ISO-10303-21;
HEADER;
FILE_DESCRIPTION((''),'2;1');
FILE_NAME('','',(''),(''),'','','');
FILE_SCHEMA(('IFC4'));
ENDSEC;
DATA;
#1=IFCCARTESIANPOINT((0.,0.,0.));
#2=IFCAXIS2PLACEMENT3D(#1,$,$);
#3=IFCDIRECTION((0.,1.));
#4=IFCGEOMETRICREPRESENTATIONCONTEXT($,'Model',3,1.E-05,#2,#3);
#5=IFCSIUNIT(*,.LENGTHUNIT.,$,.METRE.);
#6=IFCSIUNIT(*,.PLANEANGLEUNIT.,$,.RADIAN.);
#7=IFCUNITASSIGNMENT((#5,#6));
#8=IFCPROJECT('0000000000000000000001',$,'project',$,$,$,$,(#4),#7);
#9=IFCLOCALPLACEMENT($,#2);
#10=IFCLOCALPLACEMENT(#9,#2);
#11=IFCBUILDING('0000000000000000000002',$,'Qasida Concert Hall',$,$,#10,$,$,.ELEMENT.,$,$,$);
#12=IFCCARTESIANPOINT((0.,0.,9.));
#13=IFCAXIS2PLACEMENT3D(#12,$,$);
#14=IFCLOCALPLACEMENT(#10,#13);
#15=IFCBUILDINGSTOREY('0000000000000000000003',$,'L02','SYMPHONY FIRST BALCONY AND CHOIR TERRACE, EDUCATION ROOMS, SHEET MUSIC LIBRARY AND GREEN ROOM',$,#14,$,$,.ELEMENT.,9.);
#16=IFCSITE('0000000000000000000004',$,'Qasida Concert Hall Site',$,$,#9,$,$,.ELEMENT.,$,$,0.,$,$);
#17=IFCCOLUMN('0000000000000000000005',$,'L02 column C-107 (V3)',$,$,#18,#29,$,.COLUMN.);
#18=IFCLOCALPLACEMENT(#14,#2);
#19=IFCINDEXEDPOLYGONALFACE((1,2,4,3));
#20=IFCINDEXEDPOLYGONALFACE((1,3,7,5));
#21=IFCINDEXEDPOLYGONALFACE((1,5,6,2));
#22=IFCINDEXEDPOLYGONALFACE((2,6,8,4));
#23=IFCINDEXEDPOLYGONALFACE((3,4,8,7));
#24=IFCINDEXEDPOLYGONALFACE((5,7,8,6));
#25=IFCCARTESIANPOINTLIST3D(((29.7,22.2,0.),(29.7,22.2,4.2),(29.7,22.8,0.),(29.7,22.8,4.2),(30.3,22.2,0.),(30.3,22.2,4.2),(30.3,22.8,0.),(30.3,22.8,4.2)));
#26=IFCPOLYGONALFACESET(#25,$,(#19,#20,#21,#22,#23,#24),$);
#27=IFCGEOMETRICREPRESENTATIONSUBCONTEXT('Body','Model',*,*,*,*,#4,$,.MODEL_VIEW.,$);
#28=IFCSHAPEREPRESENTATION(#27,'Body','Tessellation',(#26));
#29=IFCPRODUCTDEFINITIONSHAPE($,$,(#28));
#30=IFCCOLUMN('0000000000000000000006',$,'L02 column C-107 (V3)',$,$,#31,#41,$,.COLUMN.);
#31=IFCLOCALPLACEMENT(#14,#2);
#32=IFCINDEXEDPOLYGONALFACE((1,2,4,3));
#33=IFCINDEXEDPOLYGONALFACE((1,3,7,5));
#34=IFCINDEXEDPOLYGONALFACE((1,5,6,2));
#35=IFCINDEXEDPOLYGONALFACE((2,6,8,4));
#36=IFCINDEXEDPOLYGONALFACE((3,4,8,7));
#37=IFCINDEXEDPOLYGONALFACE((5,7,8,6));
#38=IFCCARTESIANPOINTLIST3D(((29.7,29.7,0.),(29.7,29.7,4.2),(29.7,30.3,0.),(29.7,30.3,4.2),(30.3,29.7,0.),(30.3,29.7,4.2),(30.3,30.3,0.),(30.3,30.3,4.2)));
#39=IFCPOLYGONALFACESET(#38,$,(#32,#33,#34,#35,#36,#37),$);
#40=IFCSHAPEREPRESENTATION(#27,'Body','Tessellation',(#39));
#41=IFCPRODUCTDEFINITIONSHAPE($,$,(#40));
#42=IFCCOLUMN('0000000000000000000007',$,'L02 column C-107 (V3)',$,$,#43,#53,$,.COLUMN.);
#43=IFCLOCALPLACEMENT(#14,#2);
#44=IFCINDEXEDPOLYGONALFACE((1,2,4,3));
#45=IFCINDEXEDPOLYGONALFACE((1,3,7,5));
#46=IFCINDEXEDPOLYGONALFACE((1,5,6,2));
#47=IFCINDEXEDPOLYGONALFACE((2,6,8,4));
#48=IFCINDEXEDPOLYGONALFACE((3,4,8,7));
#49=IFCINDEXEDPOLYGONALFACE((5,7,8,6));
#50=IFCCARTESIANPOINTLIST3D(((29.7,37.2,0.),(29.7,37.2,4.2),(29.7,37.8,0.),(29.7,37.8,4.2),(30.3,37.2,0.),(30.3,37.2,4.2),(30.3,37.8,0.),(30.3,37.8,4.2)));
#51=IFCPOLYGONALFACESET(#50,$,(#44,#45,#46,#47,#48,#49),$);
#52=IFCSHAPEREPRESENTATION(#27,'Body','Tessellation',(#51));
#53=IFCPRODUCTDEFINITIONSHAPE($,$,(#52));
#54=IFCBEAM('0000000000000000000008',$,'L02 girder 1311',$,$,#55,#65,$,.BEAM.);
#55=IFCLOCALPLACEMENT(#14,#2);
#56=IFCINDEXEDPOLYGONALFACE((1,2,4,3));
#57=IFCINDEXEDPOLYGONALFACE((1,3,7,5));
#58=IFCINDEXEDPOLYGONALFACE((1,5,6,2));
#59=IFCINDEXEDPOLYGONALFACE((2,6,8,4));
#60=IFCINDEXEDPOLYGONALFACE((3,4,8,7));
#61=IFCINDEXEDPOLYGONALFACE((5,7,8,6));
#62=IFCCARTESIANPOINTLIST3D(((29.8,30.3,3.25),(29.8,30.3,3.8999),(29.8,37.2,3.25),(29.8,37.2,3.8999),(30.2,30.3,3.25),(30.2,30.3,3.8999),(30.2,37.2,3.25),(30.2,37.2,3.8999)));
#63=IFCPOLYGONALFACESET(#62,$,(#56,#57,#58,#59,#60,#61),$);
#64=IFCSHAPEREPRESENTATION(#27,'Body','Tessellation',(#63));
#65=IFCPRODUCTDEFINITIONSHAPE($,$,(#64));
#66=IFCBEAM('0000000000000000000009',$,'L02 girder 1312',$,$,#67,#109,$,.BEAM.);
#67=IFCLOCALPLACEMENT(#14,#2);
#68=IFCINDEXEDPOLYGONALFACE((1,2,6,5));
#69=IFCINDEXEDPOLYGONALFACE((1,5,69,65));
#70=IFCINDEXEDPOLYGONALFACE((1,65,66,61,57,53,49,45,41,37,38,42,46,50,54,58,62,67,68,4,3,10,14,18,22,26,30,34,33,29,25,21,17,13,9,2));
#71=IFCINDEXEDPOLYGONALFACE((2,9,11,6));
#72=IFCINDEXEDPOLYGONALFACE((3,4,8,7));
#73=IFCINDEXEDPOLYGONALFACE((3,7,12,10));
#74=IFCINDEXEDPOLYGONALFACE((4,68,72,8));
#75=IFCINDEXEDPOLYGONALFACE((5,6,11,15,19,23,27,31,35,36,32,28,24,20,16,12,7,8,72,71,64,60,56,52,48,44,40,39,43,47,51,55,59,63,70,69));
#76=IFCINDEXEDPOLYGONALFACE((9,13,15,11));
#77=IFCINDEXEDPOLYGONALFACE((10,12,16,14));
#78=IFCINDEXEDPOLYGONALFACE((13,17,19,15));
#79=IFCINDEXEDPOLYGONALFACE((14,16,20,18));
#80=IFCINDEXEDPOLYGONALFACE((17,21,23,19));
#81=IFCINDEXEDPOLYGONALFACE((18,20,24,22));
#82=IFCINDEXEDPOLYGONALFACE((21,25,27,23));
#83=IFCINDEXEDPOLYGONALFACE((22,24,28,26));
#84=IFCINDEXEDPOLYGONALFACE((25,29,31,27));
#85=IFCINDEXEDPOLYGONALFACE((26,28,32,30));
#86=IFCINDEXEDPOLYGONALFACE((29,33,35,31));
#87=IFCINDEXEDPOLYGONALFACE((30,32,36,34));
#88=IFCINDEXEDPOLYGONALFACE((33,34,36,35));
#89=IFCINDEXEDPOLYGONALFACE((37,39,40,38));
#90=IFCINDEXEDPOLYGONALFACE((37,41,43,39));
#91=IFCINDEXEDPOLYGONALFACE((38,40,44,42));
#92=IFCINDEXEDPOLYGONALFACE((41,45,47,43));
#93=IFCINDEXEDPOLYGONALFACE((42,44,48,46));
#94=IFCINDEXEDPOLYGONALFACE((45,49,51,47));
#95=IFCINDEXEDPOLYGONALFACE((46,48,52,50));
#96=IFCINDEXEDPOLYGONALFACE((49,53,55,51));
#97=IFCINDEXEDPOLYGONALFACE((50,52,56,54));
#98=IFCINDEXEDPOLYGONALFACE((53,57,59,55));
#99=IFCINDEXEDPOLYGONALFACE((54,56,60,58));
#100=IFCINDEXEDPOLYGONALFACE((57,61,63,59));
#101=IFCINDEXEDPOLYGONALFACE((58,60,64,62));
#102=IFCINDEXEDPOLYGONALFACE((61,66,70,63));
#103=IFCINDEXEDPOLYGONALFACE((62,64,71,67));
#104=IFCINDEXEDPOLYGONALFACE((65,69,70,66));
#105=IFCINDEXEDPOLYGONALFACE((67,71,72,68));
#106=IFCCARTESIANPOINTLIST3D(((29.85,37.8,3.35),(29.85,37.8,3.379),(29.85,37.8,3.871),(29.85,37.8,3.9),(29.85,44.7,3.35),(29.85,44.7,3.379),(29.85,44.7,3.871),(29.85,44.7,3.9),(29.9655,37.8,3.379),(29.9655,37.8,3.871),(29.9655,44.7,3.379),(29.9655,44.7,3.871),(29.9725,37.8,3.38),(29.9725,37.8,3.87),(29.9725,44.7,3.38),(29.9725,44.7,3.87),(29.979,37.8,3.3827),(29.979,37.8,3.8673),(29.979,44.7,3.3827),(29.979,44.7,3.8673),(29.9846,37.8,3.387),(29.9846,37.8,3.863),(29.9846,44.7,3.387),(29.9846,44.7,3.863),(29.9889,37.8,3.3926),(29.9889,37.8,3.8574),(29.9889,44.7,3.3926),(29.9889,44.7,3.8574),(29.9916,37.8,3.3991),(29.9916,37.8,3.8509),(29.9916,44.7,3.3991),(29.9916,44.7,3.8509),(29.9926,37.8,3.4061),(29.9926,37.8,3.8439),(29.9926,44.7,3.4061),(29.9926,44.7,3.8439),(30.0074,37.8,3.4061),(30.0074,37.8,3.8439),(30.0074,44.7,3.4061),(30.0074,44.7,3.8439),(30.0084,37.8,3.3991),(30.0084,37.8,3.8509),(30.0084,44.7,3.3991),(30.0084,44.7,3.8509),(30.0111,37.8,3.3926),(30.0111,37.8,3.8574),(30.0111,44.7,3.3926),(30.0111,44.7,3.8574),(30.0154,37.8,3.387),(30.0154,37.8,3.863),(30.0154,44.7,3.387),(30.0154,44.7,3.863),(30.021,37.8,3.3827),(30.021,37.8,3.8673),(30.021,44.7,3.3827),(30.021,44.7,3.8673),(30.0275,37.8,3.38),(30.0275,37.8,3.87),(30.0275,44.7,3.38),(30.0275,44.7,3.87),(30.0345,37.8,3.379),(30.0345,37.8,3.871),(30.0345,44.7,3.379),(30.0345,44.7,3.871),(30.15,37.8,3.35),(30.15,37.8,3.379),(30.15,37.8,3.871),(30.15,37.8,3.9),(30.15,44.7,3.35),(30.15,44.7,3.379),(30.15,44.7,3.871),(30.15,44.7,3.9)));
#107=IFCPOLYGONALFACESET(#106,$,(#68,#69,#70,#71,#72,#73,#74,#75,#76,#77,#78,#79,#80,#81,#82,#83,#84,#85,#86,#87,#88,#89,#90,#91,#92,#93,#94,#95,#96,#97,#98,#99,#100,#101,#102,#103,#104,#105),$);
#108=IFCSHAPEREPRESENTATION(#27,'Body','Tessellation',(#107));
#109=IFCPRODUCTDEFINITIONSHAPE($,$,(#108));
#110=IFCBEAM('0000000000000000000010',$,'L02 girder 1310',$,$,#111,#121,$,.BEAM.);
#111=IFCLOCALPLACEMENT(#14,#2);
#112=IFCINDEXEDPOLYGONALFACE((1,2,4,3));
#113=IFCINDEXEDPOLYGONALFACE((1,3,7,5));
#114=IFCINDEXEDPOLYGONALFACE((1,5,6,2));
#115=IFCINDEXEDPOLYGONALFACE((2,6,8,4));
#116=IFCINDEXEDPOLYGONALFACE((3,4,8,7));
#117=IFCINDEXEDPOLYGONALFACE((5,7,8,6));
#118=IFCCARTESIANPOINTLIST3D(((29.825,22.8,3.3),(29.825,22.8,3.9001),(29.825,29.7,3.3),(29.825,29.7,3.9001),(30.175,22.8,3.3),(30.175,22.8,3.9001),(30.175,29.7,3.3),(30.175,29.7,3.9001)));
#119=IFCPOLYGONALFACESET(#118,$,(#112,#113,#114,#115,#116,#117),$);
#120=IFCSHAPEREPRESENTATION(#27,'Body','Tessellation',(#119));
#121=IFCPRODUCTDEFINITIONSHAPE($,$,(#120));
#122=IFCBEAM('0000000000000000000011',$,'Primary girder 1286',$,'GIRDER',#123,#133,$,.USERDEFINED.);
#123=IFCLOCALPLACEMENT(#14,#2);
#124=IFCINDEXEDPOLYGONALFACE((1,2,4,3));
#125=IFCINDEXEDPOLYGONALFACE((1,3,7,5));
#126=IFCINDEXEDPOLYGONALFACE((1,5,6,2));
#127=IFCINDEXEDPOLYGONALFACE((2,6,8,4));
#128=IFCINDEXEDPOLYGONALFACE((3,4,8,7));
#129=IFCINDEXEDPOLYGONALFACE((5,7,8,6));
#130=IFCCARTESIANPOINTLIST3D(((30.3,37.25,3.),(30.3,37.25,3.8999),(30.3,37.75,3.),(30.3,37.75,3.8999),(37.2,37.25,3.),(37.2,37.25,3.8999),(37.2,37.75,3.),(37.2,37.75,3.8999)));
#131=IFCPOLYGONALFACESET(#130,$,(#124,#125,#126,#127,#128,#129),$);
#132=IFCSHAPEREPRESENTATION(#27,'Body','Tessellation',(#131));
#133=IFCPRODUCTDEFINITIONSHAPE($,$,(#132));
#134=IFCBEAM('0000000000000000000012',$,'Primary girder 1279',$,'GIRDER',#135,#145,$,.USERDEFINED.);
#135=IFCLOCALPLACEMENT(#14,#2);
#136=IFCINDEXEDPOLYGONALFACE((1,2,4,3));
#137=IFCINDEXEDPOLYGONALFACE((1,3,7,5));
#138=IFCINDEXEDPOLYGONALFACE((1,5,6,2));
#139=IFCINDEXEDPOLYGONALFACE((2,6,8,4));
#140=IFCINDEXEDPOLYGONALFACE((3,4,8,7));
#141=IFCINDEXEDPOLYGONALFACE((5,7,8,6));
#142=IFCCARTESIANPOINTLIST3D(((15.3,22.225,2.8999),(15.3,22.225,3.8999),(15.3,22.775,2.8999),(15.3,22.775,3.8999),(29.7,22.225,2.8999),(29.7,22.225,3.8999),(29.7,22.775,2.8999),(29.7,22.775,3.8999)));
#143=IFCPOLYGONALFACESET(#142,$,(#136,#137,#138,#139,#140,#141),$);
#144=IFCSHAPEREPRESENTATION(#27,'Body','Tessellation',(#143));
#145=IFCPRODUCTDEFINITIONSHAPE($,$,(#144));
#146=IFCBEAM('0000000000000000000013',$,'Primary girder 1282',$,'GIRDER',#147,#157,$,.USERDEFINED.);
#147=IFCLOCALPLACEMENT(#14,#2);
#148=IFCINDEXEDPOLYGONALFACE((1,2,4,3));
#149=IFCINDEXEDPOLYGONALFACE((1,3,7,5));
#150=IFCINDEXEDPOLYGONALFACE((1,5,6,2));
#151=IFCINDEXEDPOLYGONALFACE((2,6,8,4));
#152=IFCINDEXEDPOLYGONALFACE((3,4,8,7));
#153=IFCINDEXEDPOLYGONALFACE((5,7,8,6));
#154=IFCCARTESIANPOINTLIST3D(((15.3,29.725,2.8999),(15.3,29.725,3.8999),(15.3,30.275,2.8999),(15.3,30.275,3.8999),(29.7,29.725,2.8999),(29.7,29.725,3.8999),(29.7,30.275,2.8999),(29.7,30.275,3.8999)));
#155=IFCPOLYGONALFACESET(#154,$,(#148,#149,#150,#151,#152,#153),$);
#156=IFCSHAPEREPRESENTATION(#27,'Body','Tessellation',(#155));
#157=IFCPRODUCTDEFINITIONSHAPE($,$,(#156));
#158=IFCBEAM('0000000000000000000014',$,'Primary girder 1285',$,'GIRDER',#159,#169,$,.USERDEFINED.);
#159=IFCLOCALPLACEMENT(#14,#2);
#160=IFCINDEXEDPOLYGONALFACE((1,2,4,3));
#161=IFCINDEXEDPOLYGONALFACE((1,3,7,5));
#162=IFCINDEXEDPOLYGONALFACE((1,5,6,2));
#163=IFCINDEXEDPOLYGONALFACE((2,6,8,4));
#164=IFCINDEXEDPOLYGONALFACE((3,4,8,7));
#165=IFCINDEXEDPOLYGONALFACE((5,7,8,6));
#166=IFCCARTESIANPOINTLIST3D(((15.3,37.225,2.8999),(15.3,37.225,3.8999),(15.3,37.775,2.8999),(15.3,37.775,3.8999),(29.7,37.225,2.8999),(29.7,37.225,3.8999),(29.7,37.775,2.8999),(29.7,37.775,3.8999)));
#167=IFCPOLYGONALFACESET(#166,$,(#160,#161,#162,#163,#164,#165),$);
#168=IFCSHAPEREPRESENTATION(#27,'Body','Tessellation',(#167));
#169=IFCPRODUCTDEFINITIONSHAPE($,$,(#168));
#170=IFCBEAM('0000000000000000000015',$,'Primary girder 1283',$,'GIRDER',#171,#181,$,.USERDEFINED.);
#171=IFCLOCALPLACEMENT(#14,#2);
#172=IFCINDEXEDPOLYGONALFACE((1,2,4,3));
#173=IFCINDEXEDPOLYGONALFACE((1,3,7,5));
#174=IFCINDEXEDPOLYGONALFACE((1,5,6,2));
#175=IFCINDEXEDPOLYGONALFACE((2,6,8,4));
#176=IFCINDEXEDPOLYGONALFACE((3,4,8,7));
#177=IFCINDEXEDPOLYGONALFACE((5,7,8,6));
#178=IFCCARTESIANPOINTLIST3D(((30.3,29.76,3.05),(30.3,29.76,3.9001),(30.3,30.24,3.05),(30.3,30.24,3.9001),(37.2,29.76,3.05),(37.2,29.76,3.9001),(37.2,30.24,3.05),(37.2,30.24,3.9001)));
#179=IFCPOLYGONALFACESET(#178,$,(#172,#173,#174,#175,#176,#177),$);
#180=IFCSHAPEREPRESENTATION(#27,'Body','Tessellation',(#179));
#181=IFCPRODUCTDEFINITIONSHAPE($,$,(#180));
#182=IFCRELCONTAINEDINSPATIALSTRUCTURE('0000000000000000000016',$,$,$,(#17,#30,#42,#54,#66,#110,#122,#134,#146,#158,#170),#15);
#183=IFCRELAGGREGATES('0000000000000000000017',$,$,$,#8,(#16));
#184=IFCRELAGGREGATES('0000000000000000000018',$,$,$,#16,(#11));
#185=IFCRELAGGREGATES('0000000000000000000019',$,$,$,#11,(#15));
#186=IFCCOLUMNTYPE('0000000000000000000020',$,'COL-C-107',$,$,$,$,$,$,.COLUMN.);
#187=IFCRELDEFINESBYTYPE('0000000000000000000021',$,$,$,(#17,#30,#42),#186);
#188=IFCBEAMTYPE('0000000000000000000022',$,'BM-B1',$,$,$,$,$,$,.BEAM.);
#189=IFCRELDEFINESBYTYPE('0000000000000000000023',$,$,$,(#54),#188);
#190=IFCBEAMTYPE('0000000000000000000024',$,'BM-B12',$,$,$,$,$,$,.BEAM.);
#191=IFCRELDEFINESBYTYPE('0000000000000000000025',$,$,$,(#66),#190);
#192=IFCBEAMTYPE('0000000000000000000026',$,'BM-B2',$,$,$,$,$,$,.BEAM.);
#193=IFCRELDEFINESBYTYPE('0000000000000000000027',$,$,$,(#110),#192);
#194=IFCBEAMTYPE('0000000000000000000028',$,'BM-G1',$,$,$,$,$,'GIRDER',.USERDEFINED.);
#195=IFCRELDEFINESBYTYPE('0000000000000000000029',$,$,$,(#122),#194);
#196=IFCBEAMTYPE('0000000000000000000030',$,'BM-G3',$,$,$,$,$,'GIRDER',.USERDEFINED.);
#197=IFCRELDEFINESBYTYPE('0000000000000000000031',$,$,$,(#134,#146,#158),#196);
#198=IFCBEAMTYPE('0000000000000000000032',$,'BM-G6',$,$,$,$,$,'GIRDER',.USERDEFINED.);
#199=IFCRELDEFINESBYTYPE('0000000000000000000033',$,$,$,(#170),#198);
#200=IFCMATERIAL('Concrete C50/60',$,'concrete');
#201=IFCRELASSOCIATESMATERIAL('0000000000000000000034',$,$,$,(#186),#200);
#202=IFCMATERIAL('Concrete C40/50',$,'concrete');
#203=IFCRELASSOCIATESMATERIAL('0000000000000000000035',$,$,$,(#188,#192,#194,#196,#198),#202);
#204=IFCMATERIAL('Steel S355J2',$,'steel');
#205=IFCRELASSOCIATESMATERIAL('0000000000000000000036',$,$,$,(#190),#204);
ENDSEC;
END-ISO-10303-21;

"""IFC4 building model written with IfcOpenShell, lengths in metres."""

from ifc_helpers import new_model, si_unit, direction, frame, origin, origin_2d, place, context, subcontext, project, spatial, rectangle, i_section, extrude, material, material_profile, profile_set, type_object, element, save


model = new_model("IFC4")

# Units and contexts
model_context = context("Model", 3, precision=1e-05, world=origin(), true_north=direction((0.0, 1.0)))
body_context = subcontext(model_context, "Body", "Model", "MODEL_VIEW")
ifc_project = project(units=[si_unit("LENGTHUNIT", "METRE"), si_unit("PLANEANGLEUNIT", "RADIAN")], contexts=[model_context])

# Site, building, storey
site_placement = place(None, origin())
site = spatial("IfcSite", under=ifc_project, at=site_placement, Name="Qasida Concert Hall Site", CompositionType="ELEMENT", RefElevation=0.0)
building_placement = place(site_placement, origin())
building = spatial("IfcBuilding", under=site, at=building_placement, Name="Qasida Concert Hall", CompositionType="ELEMENT")
storey_placement = place(building_placement, frame((0.0, 0.0, 9.0)))
storey = spatial("IfcBuildingStorey", under=building, at=storey_placement, Name="L02", Description="SYMPHONY FIRST BALCONY AND CHOIR TERRACE, EDUCATION ROOMS, SHEET MUSIC LIBRARY AND GREEN ROOM", CompositionType="ELEMENT", Elevation=9.0)

# Columns
ifc_material_1 = material(Name="Concrete C50/60", Category="concrete")
ifc_material_profile_1 = material_profile(ifc_material_1, rectangle(XDim=0.6001, YDim=0.6001, at=origin_2d()), Name="RC 600x600")
ifc_profile_set_1 = profile_set([ifc_material_profile_1], Name="Concrete C50/60")
column_type = type_object("IfcColumnType", Name="COL-C-107", PredefinedType="COLUMN", material=ifc_profile_set_1)
for number, where, z_axis, x_axis, name in (
    (1, (30.0, 22.5, 0.0), (0.0, 0.0, 1.0), (1.0, 0.0, 0.0), "L02 column C-107 (V3)"),
    (2, (30.0, 30.0, 0.0), (0.0, 0.0, 1.0), (1.0, 0.0, 0.0), "L02 column C-107 (V3)"),
    (3, (30.0, 37.5, 0.0), (0.0, 0.0, 1.0), (1.0, 0.0, 0.0), "L02 column C-107 (V3)"),
):
    element("IfcColumn", number, at=place(storey_placement, frame(where, z_axis=z_axis, x_axis=x_axis)), inside=storey, type_object=column_type, Name=name, PredefinedType="COLUMN", context=body_context, shape_type="SweptSolid", body=[
        extrude(rectangle(XDim=0.6001, YDim=0.6001, at=origin_2d()), origin(), (0.0, 0.0, 1.0), 4.2),
    ])

# Beams
ifc_material_2 = material(Name="Concrete C40/50", Category="concrete")
ifc_material_profile_2 = material_profile(ifc_material_2, rectangle(XDim=0.3999, YDim=0.6499, at=origin_2d()), Name="RC 400x650")
ifc_profile_set_2 = profile_set([ifc_material_profile_2], Name="Concrete C40/50")
beam_type_1 = type_object("IfcBeamType", Name="BM-B1", PredefinedType="BEAM", material=ifc_profile_set_2)
beam_1_placement = place(storey_placement, frame((30.0, 30.3, 3.575), z_axis=(0.0, 1.0, 0.0), x_axis=(-1.0, 0.0, 0.0)))
element("IfcBeam", 4, at=beam_1_placement, inside=storey, type_object=beam_type_1, Name="L02 girder 1311", PredefinedType="BEAM", context=body_context, shape_type="SweptSolid", body=[
    extrude(rectangle(XDim=0.3999, YDim=0.6499, at=origin_2d()), origin(), (0.0, 0.0, 1.0), 6.8999),
])
ifc_material_3 = material(Name="Steel S355J2", Category="steel")
ifc_material_profile_3 = material_profile(ifc_material_3, i_section(OverallWidth=0.3, OverallDepth=0.55, WebThickness=0.0149, FlangeThickness=0.0291, FilletRadius=0.0271, at=origin_2d()), Name="HEB 550")
ifc_profile_set_3 = profile_set([ifc_material_profile_3], Name="Steel S355J2")
beam_type_2 = type_object("IfcBeamType", Name="BM-B12", PredefinedType="BEAM", material=ifc_profile_set_3)
beam_2_placement = place(storey_placement, frame((30.0, 37.8, 3.625), z_axis=(0.0, 1.0, 0.0), x_axis=(-1.0, 0.0, 0.0)))
element("IfcBeam", 5, at=beam_2_placement, inside=storey, type_object=beam_type_2, Name="L02 girder 1312", PredefinedType="BEAM", context=body_context, shape_type="SweptSolid", body=[
    extrude(i_section(OverallWidth=0.3, OverallDepth=0.55, WebThickness=0.0149, FlangeThickness=0.0291, FilletRadius=0.0271, at=origin_2d()), origin(), (0.0, 0.0, 1.0), 6.8999),
])
ifc_material_profile_4 = material_profile(ifc_material_2, rectangle(XDim=0.3501, YDim=0.6001, at=origin_2d()), Name="RC 350x600")
ifc_profile_set_4 = profile_set([ifc_material_profile_4], Name="Concrete C40/50")
beam_type_3 = type_object("IfcBeamType", Name="BM-B2", PredefinedType="BEAM", material=ifc_profile_set_4)
beam_3_placement = place(storey_placement, frame((30.0, 22.8, 3.6001), z_axis=(0.0, 1.0, 0.0), x_axis=(-1.0, 0.0, 0.0)))
element("IfcBeam", 6, at=beam_3_placement, inside=storey, type_object=beam_type_3, Name="L02 girder 1310", PredefinedType="BEAM", context=body_context, shape_type="SweptSolid", body=[
    extrude(rectangle(XDim=0.3501, YDim=0.6001, at=origin_2d()), origin(), (0.0, 0.0, 1.0), 6.8999),
])
ifc_material_profile_5 = material_profile(ifc_material_2, rectangle(XDim=0.5, YDim=0.8999, at=origin_2d()), Name="RC 500x900")
ifc_profile_set_5 = profile_set([ifc_material_profile_5], Name="Concrete C40/50")
beam_type_4 = type_object("IfcBeamType", Name="BM-G1", ElementType="GIRDER", PredefinedType="USERDEFINED", material=ifc_profile_set_5)
beam_4_placement = place(storey_placement, frame((30.3, 37.5, 3.45), z_axis=(1.0, 0.0, 0.0), x_axis=(0.0, 1.0, 0.0)))
element("IfcBeam", 7, at=beam_4_placement, inside=storey, type_object=beam_type_4, Name="Primary girder 1286", ObjectType="GIRDER", PredefinedType="USERDEFINED", context=body_context, shape_type="SweptSolid", body=[
    extrude(rectangle(XDim=0.5, YDim=0.8999, at=origin_2d()), origin(), (0.0, 0.0, 1.0), 6.8999),
])
ifc_material_profile_6 = material_profile(ifc_material_2, rectangle(XDim=0.55, YDim=1.0, at=origin_2d()), Name="RC 550x1000")
ifc_profile_set_6 = profile_set([ifc_material_profile_6], Name="Concrete C40/50")
beam_type_5 = type_object("IfcBeamType", Name="BM-G3", ElementType="GIRDER", PredefinedType="USERDEFINED", material=ifc_profile_set_6)
for number, where, z_axis, x_axis, name in (
    (8, (15.3, 22.5, 3.3999), (1.0, 0.0, 0.0), (0.0, 1.0, 0.0), "Primary girder 1279"),
    (9, (15.3, 30.0, 3.3999), (1.0, 0.0, 0.0), (0.0, 1.0, 0.0), "Primary girder 1282"),
    (10, (15.3, 37.5, 3.3999), (1.0, 0.0, 0.0), (0.0, 1.0, 0.0), "Primary girder 1285"),
):
    element("IfcBeam", number, at=place(storey_placement, frame(where, z_axis=z_axis, x_axis=x_axis)), inside=storey, type_object=beam_type_5, Name=name, ObjectType="GIRDER", PredefinedType="USERDEFINED", context=body_context, shape_type="SweptSolid", body=[
        extrude(rectangle(XDim=0.55, YDim=1.0, at=origin_2d()), origin(), (0.0, 0.0, 1.0), 14.3999),
    ])
ifc_material_profile_7 = material_profile(ifc_material_2, rectangle(XDim=0.48, YDim=0.8501, at=origin_2d()), Name="RC 480x850")
ifc_profile_set_7 = profile_set([ifc_material_profile_7], Name="Concrete C40/50")
beam_type_6 = type_object("IfcBeamType", Name="BM-G6", ElementType="GIRDER", PredefinedType="USERDEFINED", material=ifc_profile_set_7)
beam_5_placement = place(storey_placement, frame((30.3, 30.0, 3.4751), z_axis=(1.0, 0.0, 0.0), x_axis=(0.0, 1.0, 0.0)))
element("IfcBeam", 11, at=beam_5_placement, inside=storey, type_object=beam_type_6, Name="Primary girder 1283", ObjectType="GIRDER", PredefinedType="USERDEFINED", context=body_context, shape_type="SweptSolid", body=[
    extrude(rectangle(XDim=0.48, YDim=0.8501, at=origin_2d()), origin(), (0.0, 0.0, 1.0), 6.8999),
])

save(model, "model.ifc")
